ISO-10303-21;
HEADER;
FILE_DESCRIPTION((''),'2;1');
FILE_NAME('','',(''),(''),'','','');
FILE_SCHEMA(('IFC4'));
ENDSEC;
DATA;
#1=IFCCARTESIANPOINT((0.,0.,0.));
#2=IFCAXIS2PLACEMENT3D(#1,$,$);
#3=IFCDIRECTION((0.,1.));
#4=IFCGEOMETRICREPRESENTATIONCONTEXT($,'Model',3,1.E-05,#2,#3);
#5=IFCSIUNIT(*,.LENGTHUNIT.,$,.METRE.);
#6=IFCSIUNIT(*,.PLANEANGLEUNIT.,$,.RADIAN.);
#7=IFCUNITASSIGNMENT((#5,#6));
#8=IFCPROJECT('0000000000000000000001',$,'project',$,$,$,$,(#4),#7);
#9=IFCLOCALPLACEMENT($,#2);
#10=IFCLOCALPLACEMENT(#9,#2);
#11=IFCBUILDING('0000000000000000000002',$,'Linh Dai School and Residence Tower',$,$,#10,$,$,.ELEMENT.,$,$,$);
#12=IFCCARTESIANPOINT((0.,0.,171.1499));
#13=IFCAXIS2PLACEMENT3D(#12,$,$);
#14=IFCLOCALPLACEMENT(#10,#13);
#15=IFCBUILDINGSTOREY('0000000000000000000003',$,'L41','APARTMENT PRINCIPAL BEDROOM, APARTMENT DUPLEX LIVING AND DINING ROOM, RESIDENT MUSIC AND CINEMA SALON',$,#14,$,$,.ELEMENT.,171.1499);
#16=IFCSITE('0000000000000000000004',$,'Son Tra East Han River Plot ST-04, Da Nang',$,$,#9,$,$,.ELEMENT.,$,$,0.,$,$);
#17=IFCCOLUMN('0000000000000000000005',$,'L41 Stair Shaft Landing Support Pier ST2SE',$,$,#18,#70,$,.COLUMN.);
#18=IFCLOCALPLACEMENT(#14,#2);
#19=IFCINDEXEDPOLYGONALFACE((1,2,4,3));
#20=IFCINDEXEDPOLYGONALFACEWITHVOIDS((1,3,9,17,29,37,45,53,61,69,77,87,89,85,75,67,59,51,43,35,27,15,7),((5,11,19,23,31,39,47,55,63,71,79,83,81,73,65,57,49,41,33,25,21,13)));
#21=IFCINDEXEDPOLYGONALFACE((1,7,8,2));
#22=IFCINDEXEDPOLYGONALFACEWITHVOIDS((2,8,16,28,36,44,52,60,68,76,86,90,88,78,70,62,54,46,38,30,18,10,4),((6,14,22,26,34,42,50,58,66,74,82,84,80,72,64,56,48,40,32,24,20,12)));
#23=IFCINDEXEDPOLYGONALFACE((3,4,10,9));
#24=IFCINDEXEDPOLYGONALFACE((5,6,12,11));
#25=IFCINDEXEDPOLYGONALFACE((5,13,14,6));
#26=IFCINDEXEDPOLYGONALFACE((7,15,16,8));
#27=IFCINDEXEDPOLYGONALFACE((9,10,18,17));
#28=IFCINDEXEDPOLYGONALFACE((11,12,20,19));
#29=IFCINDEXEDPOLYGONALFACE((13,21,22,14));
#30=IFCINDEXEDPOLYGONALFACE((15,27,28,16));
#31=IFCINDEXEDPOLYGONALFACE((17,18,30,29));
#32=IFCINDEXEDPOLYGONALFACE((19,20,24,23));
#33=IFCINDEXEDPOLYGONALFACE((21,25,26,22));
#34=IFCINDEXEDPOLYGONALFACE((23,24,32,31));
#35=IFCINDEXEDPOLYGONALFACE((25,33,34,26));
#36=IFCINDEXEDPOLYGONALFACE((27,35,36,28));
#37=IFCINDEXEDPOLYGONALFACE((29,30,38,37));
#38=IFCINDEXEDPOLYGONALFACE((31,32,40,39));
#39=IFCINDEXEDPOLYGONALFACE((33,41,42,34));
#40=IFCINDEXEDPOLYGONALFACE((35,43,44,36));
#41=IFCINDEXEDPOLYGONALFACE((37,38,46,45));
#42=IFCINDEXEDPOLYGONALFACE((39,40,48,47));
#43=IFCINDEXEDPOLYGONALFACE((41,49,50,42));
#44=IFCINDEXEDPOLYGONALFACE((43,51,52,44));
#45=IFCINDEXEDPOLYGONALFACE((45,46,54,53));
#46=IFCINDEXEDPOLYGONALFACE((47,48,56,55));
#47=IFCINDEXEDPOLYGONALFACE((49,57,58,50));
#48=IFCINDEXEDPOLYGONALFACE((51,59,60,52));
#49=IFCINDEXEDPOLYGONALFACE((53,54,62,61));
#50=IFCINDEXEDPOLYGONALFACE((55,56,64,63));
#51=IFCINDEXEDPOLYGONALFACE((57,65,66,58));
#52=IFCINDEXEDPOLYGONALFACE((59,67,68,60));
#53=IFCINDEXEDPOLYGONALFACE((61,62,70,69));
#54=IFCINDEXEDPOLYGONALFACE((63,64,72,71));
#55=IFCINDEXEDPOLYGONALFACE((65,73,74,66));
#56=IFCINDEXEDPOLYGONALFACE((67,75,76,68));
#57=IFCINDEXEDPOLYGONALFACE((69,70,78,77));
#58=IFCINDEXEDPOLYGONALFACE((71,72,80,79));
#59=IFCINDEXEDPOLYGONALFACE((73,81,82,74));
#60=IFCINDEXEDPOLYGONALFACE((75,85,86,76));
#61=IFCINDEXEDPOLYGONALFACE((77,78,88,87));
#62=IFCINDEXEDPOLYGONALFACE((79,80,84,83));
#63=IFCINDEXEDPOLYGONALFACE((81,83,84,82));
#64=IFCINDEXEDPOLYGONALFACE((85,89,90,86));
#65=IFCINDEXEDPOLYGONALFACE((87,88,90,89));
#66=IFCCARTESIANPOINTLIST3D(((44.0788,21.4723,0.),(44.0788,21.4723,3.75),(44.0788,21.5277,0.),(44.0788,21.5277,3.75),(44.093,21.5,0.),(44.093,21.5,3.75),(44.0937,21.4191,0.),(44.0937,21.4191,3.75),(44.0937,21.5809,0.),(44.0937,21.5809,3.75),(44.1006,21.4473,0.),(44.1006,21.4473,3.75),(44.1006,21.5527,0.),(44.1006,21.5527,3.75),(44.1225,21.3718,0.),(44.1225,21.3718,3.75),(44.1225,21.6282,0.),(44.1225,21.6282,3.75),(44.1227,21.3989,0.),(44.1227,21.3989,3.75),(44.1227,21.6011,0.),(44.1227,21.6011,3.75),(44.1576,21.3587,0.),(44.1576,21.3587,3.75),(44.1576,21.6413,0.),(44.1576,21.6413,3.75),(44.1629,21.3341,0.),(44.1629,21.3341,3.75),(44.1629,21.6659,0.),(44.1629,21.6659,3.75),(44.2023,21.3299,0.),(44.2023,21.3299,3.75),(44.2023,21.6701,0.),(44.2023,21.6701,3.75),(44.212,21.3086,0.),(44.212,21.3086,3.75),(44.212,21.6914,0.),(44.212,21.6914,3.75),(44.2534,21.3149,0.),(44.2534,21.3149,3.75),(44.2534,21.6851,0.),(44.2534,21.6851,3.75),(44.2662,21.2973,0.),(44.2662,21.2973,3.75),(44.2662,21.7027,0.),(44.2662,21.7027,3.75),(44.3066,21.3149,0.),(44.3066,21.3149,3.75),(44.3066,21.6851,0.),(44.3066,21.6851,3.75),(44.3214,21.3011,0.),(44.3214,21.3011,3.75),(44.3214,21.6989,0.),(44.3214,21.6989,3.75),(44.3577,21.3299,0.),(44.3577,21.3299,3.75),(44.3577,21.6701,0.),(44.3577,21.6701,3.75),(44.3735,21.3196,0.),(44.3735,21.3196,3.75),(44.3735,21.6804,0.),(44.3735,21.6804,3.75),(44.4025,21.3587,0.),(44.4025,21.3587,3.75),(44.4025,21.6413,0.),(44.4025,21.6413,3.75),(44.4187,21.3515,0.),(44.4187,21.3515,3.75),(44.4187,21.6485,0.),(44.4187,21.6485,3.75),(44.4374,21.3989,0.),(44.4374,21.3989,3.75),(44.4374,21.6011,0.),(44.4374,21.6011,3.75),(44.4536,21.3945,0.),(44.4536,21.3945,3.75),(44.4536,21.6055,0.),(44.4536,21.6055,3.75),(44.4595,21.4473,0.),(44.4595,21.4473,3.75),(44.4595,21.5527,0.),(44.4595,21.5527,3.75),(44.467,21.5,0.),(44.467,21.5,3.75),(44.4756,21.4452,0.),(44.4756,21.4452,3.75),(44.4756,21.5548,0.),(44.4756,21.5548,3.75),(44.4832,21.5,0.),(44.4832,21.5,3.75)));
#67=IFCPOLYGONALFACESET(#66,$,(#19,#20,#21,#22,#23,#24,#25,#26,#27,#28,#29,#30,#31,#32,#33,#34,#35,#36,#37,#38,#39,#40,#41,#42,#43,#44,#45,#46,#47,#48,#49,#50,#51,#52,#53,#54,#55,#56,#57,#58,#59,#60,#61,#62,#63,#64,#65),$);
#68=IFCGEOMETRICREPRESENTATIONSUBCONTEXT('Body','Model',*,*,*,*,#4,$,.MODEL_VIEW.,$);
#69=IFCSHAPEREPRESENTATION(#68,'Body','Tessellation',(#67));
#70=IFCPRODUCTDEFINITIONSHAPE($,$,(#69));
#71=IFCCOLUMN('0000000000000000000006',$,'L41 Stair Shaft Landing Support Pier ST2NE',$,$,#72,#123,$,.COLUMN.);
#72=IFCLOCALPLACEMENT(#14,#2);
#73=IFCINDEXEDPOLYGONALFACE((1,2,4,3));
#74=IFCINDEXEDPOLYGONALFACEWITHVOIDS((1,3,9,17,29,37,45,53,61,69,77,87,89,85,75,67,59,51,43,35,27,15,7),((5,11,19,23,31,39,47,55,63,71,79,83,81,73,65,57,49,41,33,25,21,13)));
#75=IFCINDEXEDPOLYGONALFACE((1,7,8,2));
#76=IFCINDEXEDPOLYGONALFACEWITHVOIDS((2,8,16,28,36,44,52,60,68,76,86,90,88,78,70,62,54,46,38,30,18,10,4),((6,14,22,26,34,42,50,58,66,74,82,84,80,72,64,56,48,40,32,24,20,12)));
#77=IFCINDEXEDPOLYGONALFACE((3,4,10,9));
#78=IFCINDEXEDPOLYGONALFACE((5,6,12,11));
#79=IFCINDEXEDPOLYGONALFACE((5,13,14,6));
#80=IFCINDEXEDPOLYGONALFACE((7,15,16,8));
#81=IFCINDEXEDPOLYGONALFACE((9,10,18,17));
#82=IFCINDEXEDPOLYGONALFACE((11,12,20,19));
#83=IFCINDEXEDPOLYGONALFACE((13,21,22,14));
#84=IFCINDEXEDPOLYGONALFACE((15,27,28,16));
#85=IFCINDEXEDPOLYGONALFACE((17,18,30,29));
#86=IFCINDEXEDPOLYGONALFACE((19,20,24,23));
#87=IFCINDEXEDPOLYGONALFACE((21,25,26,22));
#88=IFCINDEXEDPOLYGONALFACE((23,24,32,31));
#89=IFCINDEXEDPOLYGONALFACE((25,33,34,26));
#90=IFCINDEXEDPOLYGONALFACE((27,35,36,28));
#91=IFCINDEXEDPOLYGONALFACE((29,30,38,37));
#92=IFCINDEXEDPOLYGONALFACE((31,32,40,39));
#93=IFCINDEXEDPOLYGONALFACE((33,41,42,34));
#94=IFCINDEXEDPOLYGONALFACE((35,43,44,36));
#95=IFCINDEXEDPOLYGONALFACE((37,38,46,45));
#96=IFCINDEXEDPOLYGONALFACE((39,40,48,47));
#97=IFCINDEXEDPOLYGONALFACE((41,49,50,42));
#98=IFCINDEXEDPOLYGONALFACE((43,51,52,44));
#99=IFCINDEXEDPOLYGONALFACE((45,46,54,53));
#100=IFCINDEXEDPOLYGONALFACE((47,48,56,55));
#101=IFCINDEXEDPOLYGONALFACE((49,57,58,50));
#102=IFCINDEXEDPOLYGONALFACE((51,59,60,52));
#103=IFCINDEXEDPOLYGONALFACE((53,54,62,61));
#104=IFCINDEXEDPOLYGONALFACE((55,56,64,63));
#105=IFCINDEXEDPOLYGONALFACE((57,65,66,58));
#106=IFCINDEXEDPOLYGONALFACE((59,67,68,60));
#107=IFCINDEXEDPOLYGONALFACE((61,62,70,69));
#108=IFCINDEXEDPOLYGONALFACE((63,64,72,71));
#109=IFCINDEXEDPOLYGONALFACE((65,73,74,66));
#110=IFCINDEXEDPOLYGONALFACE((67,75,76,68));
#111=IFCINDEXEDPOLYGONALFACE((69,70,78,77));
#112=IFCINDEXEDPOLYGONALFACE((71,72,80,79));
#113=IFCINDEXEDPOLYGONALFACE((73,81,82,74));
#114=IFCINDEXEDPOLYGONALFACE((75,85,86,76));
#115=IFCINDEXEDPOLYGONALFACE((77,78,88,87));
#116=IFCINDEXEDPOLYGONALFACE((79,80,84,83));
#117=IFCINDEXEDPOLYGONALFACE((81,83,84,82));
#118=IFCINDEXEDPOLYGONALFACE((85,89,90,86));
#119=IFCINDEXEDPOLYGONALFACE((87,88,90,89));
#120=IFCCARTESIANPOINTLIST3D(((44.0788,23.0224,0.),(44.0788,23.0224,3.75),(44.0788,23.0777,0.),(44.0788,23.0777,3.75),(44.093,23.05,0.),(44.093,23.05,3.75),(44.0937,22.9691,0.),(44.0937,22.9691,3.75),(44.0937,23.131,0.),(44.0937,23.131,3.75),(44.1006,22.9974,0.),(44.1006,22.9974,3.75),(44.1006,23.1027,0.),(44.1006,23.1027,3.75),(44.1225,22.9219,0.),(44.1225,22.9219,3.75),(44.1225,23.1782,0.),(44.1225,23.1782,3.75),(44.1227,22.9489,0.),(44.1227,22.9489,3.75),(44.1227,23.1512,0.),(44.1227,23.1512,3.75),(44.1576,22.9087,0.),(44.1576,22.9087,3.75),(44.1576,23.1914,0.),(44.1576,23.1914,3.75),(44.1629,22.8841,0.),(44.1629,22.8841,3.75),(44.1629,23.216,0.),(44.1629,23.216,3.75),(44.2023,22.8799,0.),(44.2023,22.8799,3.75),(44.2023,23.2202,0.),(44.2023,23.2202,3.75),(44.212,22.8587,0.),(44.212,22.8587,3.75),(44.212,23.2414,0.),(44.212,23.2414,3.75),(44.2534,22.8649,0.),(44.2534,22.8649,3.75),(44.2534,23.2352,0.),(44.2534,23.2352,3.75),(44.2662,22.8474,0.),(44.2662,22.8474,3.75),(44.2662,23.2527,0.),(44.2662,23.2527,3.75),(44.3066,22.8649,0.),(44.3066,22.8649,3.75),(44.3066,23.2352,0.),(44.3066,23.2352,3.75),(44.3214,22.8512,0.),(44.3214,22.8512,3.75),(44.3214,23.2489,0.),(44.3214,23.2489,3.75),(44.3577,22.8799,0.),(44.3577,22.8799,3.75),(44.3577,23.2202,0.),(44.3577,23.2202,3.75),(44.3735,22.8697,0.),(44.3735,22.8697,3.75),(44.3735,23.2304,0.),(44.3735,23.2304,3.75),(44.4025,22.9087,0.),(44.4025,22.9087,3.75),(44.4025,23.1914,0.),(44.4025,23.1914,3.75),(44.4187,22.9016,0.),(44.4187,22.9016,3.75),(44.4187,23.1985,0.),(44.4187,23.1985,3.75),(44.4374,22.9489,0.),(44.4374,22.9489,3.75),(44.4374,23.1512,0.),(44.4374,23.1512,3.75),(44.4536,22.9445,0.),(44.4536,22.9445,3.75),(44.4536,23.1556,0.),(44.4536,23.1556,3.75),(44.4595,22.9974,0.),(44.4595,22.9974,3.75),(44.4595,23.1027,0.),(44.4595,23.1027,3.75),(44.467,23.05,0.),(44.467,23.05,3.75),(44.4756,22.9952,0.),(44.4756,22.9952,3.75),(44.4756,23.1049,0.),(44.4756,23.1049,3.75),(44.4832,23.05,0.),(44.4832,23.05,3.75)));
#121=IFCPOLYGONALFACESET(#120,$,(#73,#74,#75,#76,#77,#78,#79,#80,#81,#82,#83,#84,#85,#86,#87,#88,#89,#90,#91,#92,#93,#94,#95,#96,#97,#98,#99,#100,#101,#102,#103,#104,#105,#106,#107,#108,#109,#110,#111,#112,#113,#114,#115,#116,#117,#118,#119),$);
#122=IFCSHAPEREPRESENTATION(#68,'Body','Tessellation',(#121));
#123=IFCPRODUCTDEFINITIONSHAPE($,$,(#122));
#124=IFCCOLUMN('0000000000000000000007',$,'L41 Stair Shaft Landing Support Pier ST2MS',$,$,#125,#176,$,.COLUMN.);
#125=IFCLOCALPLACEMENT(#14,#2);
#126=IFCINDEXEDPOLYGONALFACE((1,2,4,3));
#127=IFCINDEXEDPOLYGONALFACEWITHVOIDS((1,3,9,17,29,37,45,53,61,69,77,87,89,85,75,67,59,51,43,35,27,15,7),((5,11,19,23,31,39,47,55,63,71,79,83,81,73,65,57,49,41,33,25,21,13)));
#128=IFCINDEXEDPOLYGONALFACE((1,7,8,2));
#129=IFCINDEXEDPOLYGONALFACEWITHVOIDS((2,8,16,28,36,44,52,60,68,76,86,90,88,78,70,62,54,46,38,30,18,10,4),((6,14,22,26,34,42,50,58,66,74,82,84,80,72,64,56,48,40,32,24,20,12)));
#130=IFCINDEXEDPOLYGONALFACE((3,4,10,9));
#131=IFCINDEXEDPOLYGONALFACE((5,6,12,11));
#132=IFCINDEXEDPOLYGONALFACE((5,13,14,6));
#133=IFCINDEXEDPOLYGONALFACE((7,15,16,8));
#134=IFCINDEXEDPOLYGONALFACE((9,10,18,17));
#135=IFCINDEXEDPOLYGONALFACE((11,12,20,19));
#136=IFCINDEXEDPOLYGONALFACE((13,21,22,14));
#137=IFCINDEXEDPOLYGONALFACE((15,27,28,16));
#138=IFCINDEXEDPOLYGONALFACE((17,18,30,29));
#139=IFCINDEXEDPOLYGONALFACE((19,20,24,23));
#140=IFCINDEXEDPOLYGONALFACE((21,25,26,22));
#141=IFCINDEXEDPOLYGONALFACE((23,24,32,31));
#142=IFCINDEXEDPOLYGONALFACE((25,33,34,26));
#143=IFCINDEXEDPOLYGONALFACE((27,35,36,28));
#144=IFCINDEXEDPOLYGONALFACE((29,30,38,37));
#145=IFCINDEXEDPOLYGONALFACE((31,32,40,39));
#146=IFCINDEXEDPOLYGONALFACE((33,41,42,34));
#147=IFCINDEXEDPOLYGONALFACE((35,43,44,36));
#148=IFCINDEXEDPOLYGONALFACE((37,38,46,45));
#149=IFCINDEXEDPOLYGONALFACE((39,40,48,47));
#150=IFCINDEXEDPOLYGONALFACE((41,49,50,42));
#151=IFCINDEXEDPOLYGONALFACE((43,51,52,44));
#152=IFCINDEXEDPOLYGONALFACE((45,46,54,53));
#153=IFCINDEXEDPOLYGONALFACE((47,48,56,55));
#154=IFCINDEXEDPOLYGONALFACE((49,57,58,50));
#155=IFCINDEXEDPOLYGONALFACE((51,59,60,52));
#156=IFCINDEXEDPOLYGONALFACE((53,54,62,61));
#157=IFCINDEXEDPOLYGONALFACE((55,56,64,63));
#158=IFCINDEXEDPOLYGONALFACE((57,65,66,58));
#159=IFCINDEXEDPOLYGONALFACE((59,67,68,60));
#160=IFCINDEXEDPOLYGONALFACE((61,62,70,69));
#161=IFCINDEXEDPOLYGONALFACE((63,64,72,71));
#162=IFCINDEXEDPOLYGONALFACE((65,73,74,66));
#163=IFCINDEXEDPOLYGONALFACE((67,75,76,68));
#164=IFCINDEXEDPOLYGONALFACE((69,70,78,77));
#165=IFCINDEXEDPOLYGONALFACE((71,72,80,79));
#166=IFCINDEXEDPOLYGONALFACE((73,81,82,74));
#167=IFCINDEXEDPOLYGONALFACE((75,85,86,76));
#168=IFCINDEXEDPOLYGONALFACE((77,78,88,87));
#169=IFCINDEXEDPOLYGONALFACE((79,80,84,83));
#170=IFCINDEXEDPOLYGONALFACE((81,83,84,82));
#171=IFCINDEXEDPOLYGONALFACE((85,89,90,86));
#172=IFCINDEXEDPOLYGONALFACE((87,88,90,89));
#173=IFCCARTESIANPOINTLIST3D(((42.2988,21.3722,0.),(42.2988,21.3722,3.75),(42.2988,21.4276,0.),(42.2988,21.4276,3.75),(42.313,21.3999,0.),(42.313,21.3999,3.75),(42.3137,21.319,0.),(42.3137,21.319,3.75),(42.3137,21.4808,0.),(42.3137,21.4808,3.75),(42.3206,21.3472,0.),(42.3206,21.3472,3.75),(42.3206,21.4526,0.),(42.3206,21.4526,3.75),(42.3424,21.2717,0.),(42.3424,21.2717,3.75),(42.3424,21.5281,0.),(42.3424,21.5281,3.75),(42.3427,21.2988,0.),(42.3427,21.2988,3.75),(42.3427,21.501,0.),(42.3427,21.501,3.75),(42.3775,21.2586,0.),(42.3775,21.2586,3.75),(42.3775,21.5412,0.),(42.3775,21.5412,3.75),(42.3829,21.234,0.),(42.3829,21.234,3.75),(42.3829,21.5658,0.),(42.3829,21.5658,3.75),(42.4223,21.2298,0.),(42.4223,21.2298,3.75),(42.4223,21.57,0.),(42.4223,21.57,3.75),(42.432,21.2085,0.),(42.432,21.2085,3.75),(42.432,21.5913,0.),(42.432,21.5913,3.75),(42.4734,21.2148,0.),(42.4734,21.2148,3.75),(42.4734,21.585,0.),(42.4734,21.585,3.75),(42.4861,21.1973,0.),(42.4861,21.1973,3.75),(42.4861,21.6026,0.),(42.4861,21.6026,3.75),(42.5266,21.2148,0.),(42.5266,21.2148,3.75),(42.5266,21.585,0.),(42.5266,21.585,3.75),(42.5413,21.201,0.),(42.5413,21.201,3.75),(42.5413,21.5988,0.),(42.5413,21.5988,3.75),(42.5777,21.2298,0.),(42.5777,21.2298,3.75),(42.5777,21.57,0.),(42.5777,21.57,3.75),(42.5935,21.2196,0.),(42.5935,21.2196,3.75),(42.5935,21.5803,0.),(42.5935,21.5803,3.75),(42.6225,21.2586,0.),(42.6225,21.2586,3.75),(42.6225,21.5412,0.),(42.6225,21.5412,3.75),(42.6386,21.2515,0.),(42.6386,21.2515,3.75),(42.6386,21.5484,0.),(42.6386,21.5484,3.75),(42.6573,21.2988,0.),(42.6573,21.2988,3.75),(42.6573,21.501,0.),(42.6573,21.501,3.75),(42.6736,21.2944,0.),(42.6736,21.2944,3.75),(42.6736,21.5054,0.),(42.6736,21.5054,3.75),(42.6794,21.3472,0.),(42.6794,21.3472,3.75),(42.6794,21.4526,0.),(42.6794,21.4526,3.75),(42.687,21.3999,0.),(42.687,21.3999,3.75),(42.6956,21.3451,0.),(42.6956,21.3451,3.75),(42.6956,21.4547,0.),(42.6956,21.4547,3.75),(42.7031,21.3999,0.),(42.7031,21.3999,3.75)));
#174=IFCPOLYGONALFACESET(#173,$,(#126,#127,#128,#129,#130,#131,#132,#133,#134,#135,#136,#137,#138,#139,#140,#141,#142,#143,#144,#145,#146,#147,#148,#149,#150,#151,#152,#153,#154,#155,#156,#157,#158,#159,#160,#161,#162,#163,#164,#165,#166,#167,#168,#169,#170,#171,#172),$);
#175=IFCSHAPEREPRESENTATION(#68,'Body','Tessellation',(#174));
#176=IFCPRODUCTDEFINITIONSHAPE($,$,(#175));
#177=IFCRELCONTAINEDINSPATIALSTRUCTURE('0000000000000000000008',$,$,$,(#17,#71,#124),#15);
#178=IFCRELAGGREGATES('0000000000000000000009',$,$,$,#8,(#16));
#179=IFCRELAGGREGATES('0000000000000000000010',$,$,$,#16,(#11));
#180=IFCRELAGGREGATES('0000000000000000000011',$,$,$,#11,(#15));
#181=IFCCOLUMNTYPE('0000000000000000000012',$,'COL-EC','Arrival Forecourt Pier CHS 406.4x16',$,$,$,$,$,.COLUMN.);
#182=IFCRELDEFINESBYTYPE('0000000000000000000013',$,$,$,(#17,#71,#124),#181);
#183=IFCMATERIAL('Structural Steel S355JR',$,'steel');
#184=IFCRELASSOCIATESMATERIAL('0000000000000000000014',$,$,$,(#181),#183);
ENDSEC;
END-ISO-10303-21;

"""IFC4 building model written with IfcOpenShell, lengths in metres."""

from ifc_helpers import new_model, si_unit, direction, frame, origin, origin_2d, place, context, subcontext, project, spatial, hollow_circle, extrude, material, material_profile, profile_set, type_object, element, save


model = new_model("IFC4")

# Units and contexts
model_context = context("Model", 3, precision=1e-05, world=origin(), true_north=direction((0.0, 1.0)))
body_context = subcontext(model_context, "Body", "Model", "MODEL_VIEW")
ifc_project = project(units=[si_unit("LENGTHUNIT", "METRE"), si_unit("PLANEANGLEUNIT", "RADIAN")], contexts=[model_context])

# Site, building, storey
site_placement = place(None, origin())
site = spatial("IfcSite", under=ifc_project, at=site_placement, Name="Son Tra East Han River Plot ST-04, Da Nang", CompositionType="ELEMENT", RefElevation=0.0)
building_placement = place(site_placement, origin())
building = spatial("IfcBuilding", under=site, at=building_placement, Name="Linh Dai School and Residence Tower", CompositionType="ELEMENT")
storey_placement = place(building_placement, frame((0.0, 0.0, 171.1499)))
storey = spatial("IfcBuildingStorey", under=building, at=storey_placement, Name="L41", Description="APARTMENT PRINCIPAL BEDROOM, APARTMENT DUPLEX LIVING AND DINING ROOM, RESIDENT MUSIC AND CINEMA SALON", CompositionType="ELEMENT", Elevation=171.1499)

# Columns
ifc_material_1 = material(Name="Structural Steel S355JR", Category="steel")
ifc_material_profile_1 = material_profile(ifc_material_1, hollow_circle(Radius=0.2031, WallThickness=0.0161, at=origin_2d()), Name="CHS 406.4x16")
ifc_profile_set_1 = profile_set([ifc_material_profile_1], Name="Structural Steel S355JR")
column_type_1 = type_object("IfcColumnType", Name="COL-EC", Description="Arrival Forecourt Pier CHS 406.4x16", PredefinedType="COLUMN", material=ifc_profile_set_1)
for number, where, z_axis, x_axis, name in (
    (1, (44.28, 21.5, 0.0), (0.0, 0.0, 1.0), (1.0, 0.0, 0.0), "L41 Stair Shaft Landing Support Pier ST2SE"),
    (2, (44.28, 23.05, 0.0), (0.0, 0.0, 1.0), (1.0, 0.0, 0.0), "L41 Stair Shaft Landing Support Pier ST2NE"),
    (3, (42.5, 21.3999, 0.0), (0.0, 0.0, 1.0), (1.0, 0.0, 0.0), "L41 Stair Shaft Landing Support Pier ST2MS"),
):
    element("IfcColumn", number, at=place(storey_placement, frame(where, z_axis=z_axis, x_axis=x_axis)), inside=storey, type_object=column_type_1, Name=name, PredefinedType="COLUMN", context=body_context, shape_type="SweptSolid", body=[
        extrude(hollow_circle(Radius=0.2031, WallThickness=0.0161, at=origin_2d()), origin(), (0.0, 0.0, 1.0), 3.75),
    ])

save(model, "model.ifc")
